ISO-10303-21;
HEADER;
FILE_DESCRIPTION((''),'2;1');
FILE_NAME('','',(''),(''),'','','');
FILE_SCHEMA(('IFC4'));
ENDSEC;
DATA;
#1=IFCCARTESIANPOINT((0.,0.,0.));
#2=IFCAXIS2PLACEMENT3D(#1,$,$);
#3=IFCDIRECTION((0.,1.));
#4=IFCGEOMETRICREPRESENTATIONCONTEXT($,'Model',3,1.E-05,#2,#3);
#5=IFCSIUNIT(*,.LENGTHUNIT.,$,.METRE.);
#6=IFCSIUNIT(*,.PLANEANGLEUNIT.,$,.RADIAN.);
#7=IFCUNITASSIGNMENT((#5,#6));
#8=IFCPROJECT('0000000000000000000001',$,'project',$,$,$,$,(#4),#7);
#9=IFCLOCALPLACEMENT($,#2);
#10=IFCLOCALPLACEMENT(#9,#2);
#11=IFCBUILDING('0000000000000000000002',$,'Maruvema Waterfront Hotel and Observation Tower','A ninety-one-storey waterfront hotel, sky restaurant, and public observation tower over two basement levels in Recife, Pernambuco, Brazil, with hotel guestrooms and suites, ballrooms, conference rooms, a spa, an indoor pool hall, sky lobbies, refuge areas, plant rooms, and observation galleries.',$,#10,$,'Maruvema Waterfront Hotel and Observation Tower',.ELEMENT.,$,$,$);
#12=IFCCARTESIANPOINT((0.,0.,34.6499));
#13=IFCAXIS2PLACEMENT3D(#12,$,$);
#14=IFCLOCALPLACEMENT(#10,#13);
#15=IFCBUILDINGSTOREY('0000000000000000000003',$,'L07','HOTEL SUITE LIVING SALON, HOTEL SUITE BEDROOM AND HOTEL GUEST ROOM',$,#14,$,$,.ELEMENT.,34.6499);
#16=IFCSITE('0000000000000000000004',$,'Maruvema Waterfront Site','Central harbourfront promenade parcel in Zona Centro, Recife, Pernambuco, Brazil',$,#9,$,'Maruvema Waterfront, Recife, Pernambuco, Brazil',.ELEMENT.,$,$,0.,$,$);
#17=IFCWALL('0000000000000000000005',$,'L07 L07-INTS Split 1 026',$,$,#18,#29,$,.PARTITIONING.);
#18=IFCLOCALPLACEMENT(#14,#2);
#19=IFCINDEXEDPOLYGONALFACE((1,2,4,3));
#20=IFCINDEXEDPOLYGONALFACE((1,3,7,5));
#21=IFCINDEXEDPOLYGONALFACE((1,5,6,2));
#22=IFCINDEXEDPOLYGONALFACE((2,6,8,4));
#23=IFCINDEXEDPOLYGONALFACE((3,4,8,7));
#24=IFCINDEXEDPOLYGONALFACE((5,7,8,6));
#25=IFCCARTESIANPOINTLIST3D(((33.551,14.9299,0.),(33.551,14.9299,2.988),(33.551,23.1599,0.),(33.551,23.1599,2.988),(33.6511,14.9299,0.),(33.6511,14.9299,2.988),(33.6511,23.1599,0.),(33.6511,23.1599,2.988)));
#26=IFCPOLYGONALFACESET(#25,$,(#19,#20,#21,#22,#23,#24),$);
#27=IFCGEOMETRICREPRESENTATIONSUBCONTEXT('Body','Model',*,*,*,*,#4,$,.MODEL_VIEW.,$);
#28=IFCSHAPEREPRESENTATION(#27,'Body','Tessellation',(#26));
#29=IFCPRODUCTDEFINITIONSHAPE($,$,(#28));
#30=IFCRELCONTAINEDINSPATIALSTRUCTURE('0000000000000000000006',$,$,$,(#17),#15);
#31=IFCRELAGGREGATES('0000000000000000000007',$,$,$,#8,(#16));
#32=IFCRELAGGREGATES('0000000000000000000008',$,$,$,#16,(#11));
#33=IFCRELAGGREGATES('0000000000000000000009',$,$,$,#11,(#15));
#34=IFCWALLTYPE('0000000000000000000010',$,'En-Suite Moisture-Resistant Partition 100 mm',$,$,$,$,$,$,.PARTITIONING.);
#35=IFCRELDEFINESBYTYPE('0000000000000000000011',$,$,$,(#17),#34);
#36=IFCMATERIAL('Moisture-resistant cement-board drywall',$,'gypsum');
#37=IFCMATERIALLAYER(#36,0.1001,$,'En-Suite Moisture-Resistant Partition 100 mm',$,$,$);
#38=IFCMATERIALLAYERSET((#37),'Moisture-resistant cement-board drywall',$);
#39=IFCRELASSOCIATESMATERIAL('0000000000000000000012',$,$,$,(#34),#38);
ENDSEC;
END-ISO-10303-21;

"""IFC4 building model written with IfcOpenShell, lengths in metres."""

from ifc_helpers import new_model, si_unit, direction, frame, frame_2d, origin, place, context, subcontext, project, spatial, rectangle, extrude, material, layer, layer_set, type_object, element, save


model = new_model("IFC4")

# Units and contexts
model_context = context("Model", 3, precision=1e-05, world=origin(), true_north=direction((0.0, 1.0)))
body_context = subcontext(model_context, "Body", "Model", "MODEL_VIEW")
ifc_project = project(units=[si_unit("LENGTHUNIT", "METRE"), si_unit("PLANEANGLEUNIT", "RADIAN")], contexts=[model_context])

# Site, building, storey
site_placement = place(None, origin())
site = spatial("IfcSite", under=ifc_project, at=site_placement, Name="Maruvema Waterfront Site", Description="Central harbourfront promenade parcel in Zona Centro, Recife, Pernambuco, Brazil", LongName="Maruvema Waterfront, Recife, Pernambuco, Brazil", CompositionType="ELEMENT", RefElevation=0.0)
building_placement = place(site_placement, origin())
building = spatial("IfcBuilding", under=site, at=building_placement, Name="Maruvema Waterfront Hotel and Observation Tower", Description="A ninety-one-storey waterfront hotel, sky restaurant, and public observation tower over two basement levels in Recife, Pernambuco, Brazil, with hotel guestrooms and suites, ballrooms, conference rooms, a spa, an indoor pool hall, sky lobbies, refuge areas, plant rooms, and observation galleries.", LongName="Maruvema Waterfront Hotel and Observation Tower", CompositionType="ELEMENT")
storey_placement = place(building_placement, frame((0.0, 0.0, 34.6499)))
storey = spatial("IfcBuildingStorey", under=building, at=storey_placement, Name="L07", Description="HOTEL SUITE LIVING SALON, HOTEL SUITE BEDROOM AND HOTEL GUEST ROOM", CompositionType="ELEMENT", Elevation=34.6499)

# Wall
ifc_material_1 = material(Name="Moisture-resistant cement-board drywall", Category="gypsum")
ifc_layer_1 = layer(ifc_material_1, 0.1001, Name="En-Suite Moisture-Resistant Partition 100 mm")
ifc_layer_set_1 = layer_set([ifc_layer_1], Name="Moisture-resistant cement-board drywall")
wall_type_1 = type_object("IfcWallType", Name="En-Suite Moisture-Resistant Partition 100 mm", PredefinedType="PARTITIONING", material=ifc_layer_set_1)
wall_1_placement = place(storey_placement, frame((33.6011, 14.9299, 0.0), z_axis=(0.0, 0.0, 1.0), x_axis=(0.0, 1.0, 0.0)))
element("IfcWall", 1, at=wall_1_placement, inside=storey, type_object=wall_type_1, Name="L07 L07-INTS Split 1 026", PredefinedType="PARTITIONING", context=body_context, shape_type="SweptSolid", body=[
    extrude(rectangle(XDim=8.23, YDim=0.1001, at=frame_2d((4.115, 0.0))), origin(), (0.0, 0.0, 1.0), 2.988),
])

save(model, "model.ifc")
